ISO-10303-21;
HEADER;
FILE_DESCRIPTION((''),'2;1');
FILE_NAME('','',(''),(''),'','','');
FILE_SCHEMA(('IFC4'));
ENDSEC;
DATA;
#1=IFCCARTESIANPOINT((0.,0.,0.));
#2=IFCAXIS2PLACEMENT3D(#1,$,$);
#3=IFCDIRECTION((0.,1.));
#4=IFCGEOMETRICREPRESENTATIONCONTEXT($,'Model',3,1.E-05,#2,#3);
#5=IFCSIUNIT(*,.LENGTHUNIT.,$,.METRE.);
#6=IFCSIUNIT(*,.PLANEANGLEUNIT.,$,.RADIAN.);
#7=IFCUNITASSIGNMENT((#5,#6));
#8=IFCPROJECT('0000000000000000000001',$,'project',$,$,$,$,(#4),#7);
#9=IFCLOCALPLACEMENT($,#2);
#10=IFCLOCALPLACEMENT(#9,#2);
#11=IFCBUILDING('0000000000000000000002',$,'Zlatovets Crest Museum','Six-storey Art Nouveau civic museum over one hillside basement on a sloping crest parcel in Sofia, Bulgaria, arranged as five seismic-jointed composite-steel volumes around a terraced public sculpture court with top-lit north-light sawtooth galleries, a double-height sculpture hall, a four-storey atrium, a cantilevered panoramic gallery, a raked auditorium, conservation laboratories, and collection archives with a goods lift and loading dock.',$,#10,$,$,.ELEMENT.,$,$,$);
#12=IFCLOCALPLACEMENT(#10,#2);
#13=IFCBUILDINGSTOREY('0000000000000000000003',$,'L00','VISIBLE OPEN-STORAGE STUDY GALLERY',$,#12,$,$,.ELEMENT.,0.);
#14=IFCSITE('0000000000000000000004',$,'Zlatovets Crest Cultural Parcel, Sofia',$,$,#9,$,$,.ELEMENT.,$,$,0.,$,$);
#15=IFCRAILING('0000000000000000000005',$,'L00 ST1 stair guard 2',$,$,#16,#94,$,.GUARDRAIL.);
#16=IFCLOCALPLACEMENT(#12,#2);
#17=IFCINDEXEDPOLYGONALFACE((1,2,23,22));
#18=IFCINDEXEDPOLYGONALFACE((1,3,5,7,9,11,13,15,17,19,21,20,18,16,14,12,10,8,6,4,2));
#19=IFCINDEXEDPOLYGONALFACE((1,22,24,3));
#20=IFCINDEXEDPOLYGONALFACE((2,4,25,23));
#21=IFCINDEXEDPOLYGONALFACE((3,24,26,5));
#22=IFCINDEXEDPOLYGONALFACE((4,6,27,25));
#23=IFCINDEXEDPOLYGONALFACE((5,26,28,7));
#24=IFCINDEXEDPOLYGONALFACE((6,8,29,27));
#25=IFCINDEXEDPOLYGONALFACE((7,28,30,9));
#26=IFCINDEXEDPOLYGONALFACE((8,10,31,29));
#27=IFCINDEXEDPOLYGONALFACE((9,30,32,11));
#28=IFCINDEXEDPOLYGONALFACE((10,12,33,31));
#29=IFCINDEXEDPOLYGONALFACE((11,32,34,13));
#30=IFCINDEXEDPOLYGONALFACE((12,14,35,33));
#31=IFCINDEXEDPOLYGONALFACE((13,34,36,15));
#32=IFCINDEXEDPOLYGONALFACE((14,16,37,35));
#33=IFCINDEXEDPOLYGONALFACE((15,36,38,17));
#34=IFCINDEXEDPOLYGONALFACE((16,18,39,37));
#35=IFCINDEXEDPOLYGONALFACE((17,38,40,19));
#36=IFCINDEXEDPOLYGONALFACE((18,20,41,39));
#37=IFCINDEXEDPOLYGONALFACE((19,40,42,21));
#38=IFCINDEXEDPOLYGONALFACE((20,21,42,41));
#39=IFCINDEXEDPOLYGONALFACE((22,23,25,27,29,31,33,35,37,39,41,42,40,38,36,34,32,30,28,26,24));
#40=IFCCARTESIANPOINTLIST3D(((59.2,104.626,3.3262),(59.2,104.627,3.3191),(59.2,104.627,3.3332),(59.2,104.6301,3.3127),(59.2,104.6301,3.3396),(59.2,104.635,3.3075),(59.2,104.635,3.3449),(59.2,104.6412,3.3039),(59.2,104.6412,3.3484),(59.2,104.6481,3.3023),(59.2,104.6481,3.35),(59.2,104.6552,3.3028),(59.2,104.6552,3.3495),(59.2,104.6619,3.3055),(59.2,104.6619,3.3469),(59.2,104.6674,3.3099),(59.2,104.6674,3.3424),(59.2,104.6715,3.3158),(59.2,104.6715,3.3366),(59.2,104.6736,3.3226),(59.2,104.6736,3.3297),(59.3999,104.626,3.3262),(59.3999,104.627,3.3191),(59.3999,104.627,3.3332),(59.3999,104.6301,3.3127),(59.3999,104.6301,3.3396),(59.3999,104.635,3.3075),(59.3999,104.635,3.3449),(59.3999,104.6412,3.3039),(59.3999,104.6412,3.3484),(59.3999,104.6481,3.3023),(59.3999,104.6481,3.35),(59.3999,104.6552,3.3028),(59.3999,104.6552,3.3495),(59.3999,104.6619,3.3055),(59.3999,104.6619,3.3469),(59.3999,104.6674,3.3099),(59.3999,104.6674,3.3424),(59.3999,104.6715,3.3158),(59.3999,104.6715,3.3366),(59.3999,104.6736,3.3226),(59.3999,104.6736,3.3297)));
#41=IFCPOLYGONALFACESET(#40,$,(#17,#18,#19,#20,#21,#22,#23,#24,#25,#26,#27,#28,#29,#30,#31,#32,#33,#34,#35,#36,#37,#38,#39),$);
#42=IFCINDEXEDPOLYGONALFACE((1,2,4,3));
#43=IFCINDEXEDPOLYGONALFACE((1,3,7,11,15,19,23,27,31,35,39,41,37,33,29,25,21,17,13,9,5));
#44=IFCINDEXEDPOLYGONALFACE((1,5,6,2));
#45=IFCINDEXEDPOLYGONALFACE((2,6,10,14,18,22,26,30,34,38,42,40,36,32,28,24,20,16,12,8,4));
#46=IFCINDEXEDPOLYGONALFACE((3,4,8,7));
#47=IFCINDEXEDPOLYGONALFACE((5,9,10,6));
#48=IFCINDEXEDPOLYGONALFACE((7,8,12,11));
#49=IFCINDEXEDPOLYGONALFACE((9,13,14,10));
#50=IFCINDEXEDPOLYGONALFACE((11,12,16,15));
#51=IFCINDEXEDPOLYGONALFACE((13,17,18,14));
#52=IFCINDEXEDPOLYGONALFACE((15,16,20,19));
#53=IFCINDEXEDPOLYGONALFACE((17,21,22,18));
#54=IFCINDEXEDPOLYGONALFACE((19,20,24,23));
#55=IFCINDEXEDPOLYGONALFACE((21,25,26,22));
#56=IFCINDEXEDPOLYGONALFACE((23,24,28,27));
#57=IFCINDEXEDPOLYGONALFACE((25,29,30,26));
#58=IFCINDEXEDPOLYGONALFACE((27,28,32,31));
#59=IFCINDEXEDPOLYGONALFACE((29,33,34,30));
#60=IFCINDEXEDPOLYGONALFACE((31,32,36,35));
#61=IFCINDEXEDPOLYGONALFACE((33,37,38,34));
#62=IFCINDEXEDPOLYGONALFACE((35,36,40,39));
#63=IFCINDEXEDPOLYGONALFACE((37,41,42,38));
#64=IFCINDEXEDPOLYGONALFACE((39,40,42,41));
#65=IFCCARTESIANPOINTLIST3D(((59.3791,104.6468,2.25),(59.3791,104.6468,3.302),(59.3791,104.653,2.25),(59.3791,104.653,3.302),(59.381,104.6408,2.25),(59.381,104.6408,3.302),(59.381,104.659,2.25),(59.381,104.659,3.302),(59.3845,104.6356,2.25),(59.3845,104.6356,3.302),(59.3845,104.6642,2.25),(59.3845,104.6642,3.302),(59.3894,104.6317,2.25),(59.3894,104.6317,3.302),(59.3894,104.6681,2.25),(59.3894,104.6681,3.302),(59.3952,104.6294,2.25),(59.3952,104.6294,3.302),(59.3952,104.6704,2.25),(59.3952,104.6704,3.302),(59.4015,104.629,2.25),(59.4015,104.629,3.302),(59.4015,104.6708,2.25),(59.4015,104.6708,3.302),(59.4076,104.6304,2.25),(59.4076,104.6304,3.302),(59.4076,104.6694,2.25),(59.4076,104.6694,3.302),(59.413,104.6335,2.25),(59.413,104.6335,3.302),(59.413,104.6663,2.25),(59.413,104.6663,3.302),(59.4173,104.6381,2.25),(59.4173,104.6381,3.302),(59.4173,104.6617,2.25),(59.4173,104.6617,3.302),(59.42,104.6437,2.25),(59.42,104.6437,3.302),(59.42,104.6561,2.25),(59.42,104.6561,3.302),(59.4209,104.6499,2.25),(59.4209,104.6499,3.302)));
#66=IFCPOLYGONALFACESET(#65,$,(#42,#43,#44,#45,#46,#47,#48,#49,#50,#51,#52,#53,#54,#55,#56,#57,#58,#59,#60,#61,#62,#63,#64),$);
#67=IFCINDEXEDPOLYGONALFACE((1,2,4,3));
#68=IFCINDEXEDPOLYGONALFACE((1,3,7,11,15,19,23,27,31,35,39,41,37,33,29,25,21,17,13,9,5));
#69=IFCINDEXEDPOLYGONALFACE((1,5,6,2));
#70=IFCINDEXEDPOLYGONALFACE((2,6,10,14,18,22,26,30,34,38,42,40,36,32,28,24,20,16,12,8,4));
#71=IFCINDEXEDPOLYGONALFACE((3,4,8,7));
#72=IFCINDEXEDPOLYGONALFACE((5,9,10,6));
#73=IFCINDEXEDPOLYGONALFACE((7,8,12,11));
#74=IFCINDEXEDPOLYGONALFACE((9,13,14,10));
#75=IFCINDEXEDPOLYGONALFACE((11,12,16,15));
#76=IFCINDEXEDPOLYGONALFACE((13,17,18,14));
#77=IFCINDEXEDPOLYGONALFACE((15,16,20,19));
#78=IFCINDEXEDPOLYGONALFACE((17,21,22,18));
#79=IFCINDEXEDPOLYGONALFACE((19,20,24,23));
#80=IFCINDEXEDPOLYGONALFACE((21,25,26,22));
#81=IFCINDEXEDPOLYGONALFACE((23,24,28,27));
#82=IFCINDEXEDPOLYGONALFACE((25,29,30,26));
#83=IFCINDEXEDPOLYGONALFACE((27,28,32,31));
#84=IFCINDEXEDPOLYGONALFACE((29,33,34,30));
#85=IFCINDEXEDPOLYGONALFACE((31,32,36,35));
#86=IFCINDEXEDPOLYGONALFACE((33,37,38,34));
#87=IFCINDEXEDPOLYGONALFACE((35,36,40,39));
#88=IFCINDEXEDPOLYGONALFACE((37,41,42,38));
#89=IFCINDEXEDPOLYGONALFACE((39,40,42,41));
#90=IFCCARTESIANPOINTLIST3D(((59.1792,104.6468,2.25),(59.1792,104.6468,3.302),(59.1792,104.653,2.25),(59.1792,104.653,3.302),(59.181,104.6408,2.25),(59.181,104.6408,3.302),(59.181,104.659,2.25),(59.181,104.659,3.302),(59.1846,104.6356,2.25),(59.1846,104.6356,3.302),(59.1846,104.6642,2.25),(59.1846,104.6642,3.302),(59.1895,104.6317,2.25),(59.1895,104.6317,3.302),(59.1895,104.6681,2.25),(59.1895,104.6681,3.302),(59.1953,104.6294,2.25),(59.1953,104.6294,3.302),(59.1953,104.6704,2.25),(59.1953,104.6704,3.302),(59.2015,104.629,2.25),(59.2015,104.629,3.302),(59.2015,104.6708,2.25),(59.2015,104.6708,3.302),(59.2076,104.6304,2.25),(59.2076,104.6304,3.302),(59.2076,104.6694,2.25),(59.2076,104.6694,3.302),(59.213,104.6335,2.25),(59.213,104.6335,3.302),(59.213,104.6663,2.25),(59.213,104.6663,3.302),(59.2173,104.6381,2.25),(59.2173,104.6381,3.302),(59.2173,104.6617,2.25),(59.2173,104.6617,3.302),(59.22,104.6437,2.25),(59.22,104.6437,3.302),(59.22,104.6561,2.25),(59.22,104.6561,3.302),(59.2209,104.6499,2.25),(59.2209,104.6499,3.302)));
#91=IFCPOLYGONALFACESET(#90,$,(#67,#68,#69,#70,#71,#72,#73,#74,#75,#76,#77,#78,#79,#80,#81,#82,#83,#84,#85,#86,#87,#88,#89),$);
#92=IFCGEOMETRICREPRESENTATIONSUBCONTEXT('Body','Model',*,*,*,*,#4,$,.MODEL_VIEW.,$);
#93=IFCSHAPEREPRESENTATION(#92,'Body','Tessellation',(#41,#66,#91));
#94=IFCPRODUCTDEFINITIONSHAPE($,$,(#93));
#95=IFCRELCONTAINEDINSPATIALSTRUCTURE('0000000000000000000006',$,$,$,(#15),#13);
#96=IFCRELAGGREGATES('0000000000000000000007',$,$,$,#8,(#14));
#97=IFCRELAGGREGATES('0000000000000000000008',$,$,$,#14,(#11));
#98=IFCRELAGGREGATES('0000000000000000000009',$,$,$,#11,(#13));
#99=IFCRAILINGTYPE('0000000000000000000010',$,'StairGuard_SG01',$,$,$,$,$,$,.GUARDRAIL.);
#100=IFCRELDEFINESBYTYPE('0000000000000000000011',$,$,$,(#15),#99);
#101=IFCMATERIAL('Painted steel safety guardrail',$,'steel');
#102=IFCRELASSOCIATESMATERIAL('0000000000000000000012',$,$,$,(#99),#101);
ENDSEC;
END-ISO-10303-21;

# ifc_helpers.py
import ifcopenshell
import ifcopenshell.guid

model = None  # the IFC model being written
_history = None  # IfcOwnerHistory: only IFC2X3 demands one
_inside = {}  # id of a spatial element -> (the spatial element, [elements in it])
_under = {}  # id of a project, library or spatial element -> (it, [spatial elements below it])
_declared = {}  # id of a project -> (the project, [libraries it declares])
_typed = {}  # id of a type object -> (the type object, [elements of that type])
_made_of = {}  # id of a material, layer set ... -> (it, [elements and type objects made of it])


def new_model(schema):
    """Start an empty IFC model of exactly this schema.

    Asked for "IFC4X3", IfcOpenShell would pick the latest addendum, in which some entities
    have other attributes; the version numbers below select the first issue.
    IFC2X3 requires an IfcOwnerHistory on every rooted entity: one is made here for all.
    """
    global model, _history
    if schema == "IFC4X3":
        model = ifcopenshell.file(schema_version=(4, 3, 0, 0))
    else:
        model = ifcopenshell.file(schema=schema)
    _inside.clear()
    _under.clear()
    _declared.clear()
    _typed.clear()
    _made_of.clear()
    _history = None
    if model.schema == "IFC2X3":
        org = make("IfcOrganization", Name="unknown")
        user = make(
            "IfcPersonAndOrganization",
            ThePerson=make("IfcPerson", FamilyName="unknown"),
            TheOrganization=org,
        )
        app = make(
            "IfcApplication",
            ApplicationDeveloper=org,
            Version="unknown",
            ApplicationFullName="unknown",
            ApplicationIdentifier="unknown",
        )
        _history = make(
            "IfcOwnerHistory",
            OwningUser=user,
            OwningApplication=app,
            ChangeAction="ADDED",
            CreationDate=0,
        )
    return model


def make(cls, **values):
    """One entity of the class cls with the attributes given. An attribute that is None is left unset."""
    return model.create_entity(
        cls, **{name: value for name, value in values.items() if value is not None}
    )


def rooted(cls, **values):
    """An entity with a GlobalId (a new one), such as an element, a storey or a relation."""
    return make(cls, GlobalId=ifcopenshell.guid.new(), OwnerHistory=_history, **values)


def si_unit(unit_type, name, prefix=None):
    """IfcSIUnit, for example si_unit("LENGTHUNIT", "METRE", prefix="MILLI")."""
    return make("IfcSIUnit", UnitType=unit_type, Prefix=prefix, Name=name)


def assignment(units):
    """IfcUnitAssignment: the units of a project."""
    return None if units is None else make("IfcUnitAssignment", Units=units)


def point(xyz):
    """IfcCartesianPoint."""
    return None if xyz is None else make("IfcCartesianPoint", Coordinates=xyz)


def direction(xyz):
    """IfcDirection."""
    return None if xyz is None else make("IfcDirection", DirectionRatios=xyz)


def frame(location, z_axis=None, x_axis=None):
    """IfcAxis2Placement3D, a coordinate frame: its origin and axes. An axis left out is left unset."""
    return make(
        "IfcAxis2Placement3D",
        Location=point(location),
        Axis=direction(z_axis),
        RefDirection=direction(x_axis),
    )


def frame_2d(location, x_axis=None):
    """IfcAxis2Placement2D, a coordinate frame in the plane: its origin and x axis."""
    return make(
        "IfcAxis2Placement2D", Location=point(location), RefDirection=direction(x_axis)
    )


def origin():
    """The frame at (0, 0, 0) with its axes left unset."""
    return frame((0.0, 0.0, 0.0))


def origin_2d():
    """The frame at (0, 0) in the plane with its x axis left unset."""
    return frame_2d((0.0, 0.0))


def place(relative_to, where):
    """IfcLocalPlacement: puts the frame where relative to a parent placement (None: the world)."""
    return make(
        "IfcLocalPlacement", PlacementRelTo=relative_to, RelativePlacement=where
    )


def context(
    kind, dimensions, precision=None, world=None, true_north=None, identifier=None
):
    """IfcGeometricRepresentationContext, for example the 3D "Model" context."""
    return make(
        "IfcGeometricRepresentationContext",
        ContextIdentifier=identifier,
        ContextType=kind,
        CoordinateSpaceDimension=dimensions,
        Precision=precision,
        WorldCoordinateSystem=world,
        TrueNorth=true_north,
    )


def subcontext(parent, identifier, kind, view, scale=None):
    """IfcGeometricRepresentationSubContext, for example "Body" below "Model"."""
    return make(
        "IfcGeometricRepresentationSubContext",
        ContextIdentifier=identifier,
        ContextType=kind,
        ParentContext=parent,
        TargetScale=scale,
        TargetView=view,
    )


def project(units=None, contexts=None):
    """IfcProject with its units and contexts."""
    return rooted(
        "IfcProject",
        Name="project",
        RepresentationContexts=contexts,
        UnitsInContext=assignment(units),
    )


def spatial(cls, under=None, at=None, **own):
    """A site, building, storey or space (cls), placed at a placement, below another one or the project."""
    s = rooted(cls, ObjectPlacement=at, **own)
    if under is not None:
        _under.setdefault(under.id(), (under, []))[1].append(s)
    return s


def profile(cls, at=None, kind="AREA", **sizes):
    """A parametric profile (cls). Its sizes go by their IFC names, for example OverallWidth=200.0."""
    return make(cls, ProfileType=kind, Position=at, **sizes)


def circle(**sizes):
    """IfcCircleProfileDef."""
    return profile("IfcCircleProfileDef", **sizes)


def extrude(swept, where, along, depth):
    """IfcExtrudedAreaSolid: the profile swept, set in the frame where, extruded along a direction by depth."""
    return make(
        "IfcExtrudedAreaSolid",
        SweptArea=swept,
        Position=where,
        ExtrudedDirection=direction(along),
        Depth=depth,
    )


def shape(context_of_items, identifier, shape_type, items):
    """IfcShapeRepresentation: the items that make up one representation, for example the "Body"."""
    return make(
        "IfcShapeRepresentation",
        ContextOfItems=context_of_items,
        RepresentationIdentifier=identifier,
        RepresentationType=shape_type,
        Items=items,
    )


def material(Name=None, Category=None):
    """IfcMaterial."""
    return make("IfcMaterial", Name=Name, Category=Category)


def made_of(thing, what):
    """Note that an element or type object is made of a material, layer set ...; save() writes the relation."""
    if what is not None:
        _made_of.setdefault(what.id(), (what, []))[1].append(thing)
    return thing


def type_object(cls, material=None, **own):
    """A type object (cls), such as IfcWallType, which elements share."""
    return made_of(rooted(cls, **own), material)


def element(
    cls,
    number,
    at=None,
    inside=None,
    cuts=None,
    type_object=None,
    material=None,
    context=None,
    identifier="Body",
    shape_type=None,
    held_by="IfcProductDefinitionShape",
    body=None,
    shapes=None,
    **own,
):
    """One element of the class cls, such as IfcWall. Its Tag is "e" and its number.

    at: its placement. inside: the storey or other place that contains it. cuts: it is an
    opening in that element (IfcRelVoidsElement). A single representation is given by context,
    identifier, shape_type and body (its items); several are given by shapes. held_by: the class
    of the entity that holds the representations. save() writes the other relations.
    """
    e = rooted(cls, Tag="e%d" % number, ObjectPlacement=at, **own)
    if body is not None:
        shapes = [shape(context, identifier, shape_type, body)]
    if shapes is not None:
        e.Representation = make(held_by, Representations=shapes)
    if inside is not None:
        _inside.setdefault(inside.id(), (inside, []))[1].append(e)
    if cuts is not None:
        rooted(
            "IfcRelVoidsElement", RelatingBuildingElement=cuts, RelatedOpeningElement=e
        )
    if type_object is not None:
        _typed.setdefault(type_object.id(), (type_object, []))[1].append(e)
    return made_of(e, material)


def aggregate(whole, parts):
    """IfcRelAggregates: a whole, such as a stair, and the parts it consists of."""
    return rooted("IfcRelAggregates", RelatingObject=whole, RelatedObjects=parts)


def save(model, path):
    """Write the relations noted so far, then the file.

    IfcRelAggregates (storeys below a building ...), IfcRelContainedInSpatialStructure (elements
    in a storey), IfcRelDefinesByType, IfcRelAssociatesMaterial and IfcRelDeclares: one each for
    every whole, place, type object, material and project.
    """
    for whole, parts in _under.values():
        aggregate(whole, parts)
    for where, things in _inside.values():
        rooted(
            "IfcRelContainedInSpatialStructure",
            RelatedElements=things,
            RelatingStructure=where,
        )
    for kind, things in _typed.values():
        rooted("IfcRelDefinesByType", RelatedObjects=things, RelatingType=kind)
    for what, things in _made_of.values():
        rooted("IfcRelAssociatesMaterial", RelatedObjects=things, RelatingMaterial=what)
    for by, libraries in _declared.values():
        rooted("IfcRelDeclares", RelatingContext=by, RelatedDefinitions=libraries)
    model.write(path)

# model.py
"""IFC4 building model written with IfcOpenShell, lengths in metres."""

from ifc_helpers import new_model, si_unit, direction, frame, origin, origin_2d, place, context, subcontext, project, spatial, circle, extrude, material, type_object, element, save


model = new_model("IFC4")

# Units and contexts
model_context = context("Model", 3, precision=1e-05, world=origin(), true_north=direction((0.0, 1.0)))
body_context = subcontext(model_context, "Body", "Model", "MODEL_VIEW")
ifc_project = project(units=[si_unit("LENGTHUNIT", "METRE"), si_unit("PLANEANGLEUNIT", "RADIAN")], contexts=[model_context])

# Site, building, storey
site_placement = place(None, origin())
site = spatial("IfcSite", under=ifc_project, at=site_placement, Name="Zlatovets Crest Cultural Parcel, Sofia", CompositionType="ELEMENT", RefElevation=0.0)
building_placement = place(site_placement, origin())
building = spatial("IfcBuilding", under=site, at=building_placement, Name="Zlatovets Crest Museum", Description="Six-storey Art Nouveau civic museum over one hillside basement on a sloping crest parcel in Sofia, Bulgaria, arranged as five seismic-jointed composite-steel volumes around a terraced public sculpture court with top-lit north-light sawtooth galleries, a double-height sculpture hall, a four-storey atrium, a cantilevered panoramic gallery, a raked auditorium, conservation laboratories, and collection archives with a goods lift and loading dock.", CompositionType="ELEMENT")
storey_placement = place(building_placement, origin())
storey = spatial("IfcBuildingStorey", under=building, at=storey_placement, Name="L00", Description="VISIBLE OPEN-STORAGE STUDY GALLERY", CompositionType="ELEMENT", Elevation=0.0)

# Railing
ifc_material_1 = material(Name="Painted steel safety guardrail", Category="steel")
railing_type_1 = type_object("IfcRailingType", Name="StairGuard_SG01", PredefinedType="GUARDRAIL", material=ifc_material_1)
railing_1_placement = place(storey_placement, frame((59.3999, 104.6499, 2.25)))
element("IfcRailing", 1, at=railing_1_placement, inside=storey, type_object=railing_type_1, Name="L00 ST1 stair guard 2", PredefinedType="GUARDRAIL", context=body_context, shape_type="SweptSolid", body=[
    extrude(circle(Radius=0.0239, at=origin_2d()), frame((0.0, 0.0, 1.0762), z_axis=(-1.0, 0.0, 0.0), x_axis=(0.0, -1.0, 0.0)), (0.0, 0.0, 1.0), 0.2),
    extrude(circle(Radius=0.021, at=origin_2d()), origin(), (0.0, 0.0, 1.0), 1.052),
    extrude(circle(Radius=0.021, at=origin_2d()), frame((-0.2, 0.0, 0.0)), (0.0, 0.0, 1.0), 1.052),
])

save(model, "model.ifc")
